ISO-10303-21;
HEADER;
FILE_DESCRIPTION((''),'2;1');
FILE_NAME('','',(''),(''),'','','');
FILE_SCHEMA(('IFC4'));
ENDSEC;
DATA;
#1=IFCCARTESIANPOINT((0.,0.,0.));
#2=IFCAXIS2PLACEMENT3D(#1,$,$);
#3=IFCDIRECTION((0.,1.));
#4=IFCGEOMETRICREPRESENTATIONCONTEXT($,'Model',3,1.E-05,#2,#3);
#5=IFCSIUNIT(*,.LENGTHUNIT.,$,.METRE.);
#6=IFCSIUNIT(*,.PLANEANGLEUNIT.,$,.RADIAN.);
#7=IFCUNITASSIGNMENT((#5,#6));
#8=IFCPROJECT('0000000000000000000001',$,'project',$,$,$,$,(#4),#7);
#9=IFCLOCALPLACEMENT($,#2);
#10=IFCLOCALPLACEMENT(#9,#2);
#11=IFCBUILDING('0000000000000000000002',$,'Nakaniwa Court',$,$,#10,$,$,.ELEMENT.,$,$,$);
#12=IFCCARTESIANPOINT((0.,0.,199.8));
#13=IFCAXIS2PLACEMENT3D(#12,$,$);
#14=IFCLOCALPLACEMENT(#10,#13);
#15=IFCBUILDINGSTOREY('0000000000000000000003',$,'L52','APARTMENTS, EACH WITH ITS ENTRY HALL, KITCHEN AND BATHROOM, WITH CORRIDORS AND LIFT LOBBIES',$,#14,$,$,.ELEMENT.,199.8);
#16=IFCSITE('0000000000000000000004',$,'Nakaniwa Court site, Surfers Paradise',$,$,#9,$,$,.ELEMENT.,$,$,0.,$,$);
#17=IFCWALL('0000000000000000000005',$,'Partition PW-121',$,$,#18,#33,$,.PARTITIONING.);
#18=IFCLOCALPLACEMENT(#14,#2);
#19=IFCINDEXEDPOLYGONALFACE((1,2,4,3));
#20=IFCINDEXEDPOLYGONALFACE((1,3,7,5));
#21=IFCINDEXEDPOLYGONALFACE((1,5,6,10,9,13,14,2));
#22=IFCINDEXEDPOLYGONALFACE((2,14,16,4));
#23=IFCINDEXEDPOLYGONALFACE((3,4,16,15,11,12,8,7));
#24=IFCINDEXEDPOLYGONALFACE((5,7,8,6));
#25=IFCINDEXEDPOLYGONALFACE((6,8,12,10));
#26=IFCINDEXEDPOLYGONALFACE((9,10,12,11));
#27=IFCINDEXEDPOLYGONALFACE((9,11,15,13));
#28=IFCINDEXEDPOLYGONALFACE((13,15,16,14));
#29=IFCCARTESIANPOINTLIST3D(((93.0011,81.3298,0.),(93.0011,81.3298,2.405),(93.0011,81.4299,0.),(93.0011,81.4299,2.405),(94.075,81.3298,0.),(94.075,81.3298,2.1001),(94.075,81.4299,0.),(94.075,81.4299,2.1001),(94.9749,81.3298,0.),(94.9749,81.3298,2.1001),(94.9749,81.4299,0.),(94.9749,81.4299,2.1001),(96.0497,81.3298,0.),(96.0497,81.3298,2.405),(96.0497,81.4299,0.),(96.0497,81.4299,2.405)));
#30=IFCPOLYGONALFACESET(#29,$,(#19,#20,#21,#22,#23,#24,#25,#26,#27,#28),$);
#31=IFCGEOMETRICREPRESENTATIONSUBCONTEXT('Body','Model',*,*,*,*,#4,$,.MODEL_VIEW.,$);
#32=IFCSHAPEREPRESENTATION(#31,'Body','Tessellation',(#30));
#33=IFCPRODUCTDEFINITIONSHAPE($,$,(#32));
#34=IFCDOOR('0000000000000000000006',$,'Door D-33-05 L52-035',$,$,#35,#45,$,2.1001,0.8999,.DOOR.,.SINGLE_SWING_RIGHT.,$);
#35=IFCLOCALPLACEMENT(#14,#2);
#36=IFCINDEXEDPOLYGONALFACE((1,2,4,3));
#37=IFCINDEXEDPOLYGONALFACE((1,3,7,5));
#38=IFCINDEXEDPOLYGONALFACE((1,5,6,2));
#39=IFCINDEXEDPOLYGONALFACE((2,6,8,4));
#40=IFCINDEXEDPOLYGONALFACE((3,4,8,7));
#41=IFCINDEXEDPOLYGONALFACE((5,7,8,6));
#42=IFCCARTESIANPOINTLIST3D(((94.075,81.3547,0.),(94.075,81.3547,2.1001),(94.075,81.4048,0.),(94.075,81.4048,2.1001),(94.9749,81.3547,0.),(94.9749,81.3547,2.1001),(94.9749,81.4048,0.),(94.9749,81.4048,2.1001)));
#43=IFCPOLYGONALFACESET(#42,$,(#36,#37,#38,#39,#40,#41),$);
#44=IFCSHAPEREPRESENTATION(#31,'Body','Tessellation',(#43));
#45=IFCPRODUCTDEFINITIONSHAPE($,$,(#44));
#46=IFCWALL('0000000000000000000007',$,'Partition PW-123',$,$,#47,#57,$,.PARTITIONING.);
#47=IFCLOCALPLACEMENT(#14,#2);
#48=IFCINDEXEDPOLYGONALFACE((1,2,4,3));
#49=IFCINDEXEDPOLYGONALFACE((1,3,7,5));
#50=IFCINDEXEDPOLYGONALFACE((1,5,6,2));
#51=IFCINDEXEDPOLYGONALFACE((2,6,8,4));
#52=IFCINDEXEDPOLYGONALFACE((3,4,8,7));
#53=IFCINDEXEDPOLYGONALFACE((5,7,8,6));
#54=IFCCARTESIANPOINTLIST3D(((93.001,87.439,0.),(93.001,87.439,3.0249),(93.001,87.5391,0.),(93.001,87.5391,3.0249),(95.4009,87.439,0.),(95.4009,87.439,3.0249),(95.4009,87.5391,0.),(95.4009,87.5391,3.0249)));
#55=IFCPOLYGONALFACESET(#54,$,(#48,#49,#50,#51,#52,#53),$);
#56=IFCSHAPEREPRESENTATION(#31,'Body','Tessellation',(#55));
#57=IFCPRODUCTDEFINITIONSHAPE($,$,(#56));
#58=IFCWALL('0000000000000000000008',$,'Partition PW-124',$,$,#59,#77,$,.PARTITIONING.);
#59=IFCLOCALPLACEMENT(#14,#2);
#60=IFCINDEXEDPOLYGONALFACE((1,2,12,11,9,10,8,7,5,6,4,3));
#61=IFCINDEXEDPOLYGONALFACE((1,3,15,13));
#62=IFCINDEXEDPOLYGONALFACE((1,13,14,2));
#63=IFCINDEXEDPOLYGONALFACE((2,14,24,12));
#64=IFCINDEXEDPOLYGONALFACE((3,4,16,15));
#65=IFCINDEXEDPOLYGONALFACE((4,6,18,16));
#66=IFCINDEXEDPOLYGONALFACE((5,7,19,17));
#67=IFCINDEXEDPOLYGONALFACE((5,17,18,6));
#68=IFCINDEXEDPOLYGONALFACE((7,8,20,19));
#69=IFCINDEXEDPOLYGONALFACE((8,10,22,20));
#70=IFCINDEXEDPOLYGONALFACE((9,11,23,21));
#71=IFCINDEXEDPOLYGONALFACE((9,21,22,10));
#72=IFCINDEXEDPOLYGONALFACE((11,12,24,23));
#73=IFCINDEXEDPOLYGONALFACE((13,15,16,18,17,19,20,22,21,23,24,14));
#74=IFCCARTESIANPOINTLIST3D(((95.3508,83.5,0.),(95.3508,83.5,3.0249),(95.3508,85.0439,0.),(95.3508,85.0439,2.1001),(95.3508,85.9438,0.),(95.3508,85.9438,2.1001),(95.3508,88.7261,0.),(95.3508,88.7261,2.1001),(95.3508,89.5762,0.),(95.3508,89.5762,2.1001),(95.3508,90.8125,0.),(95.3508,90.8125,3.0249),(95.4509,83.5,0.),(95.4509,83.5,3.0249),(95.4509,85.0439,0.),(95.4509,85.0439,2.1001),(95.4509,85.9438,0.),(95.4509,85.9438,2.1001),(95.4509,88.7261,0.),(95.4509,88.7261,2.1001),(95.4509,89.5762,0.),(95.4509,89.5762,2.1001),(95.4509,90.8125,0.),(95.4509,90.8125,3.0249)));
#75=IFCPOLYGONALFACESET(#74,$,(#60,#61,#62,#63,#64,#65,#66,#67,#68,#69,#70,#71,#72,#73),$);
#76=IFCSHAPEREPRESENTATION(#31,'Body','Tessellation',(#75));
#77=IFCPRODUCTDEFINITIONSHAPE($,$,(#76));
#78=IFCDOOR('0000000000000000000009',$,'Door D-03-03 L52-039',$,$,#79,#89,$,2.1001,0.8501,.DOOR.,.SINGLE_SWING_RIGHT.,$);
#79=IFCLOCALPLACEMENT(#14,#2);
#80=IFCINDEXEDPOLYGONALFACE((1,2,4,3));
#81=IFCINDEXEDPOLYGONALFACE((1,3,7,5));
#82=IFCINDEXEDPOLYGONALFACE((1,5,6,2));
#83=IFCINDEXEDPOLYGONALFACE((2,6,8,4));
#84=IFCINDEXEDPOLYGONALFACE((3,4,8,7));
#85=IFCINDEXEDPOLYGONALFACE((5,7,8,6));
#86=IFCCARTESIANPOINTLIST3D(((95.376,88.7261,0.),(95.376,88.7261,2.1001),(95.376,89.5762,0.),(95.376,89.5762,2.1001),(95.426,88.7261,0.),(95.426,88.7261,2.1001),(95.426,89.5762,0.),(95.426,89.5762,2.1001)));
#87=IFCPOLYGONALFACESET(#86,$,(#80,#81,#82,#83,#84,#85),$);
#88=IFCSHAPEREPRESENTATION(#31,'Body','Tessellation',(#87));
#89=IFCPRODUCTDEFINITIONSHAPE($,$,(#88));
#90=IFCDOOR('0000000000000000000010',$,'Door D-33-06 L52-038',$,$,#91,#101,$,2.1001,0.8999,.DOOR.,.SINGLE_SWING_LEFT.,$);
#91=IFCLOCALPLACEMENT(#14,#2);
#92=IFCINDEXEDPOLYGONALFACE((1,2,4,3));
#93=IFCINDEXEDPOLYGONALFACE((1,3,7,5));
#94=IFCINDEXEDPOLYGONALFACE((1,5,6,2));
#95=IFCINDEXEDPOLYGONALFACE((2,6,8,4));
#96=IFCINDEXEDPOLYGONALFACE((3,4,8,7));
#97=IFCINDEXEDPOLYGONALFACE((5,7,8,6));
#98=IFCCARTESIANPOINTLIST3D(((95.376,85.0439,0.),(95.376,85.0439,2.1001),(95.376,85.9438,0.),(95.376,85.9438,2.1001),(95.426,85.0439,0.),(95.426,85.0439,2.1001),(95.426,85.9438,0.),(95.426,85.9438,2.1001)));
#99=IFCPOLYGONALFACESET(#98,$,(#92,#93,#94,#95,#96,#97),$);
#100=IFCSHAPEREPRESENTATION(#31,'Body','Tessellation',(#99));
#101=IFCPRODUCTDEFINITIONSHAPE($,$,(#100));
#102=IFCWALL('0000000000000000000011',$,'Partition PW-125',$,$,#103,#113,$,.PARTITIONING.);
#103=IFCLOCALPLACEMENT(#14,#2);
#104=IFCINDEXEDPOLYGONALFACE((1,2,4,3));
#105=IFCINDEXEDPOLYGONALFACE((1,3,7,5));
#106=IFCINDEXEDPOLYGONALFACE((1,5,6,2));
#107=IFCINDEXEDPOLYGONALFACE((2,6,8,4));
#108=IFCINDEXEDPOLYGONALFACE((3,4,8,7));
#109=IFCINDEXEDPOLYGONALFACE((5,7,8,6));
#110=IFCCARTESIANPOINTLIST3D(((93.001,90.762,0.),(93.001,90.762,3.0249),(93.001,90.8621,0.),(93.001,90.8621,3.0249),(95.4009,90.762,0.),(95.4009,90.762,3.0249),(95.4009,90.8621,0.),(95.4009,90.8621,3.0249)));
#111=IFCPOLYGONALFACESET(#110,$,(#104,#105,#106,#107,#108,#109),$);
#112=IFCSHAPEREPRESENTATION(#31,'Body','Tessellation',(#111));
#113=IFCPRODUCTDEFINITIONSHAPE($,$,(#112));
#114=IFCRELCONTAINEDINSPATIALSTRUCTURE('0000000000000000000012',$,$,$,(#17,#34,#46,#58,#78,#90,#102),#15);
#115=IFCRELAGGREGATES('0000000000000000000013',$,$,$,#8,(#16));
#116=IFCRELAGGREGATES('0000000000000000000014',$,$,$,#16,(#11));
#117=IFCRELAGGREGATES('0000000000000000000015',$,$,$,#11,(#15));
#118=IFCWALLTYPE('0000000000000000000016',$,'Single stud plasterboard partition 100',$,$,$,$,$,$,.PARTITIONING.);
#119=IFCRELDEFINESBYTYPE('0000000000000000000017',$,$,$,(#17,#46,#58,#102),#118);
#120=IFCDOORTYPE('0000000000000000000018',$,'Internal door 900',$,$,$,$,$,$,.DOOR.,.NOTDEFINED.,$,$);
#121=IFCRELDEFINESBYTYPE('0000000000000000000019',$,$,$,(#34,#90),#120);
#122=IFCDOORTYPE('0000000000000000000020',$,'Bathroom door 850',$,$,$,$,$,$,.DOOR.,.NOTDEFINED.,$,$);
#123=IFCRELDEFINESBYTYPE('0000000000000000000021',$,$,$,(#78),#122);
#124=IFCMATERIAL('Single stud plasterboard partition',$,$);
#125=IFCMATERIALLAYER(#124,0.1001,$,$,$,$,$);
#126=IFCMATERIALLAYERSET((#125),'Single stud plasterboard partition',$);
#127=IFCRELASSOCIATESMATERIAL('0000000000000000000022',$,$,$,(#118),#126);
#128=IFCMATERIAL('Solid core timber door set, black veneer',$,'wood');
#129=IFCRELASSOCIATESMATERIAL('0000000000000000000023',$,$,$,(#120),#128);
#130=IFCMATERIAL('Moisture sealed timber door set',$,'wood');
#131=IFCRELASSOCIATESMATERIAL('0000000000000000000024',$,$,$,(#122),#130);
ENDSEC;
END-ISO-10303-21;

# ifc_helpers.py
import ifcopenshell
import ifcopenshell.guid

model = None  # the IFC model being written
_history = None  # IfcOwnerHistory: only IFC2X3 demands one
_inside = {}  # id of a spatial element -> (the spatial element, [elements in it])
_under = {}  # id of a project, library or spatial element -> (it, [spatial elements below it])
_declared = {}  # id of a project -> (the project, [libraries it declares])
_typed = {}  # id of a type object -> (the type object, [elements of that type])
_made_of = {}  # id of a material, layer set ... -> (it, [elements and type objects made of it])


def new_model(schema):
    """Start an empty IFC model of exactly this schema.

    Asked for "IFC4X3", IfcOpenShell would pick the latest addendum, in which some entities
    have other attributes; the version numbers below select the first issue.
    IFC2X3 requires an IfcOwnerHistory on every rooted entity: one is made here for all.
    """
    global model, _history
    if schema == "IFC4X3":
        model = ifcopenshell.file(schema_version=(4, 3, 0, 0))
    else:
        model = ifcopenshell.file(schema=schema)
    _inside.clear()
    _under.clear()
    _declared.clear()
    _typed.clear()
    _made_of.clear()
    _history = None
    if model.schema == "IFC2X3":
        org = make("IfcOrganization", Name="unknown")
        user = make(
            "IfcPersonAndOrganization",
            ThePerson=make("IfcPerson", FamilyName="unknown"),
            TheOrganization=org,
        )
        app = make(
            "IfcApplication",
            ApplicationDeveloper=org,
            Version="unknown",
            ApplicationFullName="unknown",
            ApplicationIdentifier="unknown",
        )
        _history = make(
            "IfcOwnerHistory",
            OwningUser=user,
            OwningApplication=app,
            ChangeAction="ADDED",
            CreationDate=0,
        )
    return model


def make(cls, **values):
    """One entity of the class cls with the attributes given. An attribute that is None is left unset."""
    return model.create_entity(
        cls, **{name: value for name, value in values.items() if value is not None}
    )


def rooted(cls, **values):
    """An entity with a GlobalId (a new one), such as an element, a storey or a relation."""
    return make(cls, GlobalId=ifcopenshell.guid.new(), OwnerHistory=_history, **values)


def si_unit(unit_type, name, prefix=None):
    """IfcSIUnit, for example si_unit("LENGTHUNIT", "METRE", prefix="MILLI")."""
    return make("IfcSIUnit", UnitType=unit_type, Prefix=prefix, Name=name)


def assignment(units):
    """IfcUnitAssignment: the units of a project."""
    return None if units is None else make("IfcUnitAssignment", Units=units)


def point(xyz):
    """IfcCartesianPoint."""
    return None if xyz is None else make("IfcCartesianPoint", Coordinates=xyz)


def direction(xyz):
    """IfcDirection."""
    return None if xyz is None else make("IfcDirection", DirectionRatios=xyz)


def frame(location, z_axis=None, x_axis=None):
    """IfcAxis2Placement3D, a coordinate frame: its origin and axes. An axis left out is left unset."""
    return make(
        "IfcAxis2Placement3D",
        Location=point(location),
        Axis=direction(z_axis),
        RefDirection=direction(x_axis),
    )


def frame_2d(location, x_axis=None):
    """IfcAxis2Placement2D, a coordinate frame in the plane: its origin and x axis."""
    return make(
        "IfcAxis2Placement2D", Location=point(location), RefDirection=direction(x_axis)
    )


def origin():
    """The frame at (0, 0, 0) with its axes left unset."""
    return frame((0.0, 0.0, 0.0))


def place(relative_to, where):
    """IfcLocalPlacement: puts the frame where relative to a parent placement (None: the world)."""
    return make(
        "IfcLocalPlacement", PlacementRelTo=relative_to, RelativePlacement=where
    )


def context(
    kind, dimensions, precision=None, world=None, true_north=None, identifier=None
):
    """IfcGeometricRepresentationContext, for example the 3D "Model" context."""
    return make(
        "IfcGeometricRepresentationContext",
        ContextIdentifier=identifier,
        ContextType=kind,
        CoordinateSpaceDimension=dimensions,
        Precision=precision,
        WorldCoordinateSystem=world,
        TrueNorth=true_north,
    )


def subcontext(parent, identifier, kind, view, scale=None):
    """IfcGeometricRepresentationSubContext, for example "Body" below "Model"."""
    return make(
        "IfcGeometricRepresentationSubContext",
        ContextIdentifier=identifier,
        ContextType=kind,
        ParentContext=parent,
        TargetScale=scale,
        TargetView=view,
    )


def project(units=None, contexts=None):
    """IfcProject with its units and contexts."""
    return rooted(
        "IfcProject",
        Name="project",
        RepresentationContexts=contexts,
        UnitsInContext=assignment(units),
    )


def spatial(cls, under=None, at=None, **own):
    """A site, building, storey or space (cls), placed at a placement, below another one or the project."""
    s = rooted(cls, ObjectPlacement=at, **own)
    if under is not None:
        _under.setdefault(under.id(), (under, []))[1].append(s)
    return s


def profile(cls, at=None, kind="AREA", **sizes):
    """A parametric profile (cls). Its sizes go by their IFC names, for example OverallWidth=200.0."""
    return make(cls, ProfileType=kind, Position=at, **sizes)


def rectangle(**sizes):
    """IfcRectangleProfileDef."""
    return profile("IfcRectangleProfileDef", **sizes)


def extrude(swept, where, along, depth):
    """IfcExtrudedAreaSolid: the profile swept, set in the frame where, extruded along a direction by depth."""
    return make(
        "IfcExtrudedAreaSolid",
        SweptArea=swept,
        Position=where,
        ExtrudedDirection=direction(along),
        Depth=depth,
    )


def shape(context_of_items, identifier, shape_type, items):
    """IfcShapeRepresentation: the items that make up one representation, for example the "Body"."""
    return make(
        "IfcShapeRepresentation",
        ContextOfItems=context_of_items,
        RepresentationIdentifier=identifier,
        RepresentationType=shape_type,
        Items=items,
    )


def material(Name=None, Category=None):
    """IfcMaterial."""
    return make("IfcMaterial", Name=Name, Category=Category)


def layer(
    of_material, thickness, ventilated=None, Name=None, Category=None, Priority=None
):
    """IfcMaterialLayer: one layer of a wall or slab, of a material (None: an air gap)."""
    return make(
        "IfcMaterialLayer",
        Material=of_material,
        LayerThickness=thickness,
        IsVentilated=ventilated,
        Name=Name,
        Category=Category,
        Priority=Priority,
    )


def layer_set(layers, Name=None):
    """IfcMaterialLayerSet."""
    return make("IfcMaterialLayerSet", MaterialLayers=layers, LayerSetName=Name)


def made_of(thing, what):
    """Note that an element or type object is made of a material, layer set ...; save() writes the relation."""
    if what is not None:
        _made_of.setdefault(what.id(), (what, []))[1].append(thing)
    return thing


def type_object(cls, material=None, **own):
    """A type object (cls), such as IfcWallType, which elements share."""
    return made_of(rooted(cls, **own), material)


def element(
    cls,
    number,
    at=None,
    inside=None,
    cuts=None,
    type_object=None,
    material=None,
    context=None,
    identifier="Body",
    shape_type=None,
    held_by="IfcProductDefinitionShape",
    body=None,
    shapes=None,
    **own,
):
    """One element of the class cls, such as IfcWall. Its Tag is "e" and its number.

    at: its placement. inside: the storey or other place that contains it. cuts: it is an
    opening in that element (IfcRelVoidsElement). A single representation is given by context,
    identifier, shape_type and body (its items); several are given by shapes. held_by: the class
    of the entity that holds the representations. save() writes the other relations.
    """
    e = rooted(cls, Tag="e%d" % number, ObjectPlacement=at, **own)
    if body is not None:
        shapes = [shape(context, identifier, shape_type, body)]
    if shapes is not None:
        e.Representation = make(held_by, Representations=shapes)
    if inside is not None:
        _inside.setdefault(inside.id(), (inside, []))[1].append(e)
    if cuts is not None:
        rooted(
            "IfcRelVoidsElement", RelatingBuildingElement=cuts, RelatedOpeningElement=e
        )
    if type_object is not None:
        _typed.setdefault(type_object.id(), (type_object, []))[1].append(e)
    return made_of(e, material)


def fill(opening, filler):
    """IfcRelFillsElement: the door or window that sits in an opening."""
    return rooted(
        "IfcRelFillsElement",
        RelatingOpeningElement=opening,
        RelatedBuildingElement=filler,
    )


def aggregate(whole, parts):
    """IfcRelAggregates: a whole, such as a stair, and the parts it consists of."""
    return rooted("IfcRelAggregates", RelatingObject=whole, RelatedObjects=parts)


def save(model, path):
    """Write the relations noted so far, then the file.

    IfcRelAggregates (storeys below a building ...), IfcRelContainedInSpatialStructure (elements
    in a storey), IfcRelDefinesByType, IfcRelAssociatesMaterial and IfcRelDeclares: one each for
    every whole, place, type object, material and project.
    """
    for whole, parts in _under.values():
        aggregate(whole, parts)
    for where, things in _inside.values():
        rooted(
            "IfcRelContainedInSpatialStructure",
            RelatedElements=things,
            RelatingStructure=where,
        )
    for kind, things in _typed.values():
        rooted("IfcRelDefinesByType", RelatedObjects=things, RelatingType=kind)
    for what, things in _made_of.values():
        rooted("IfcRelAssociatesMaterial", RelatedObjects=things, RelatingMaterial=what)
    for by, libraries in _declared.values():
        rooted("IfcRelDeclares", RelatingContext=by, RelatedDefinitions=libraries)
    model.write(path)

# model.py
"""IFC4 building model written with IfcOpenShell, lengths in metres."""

from ifc_helpers import new_model, si_unit, direction, frame, frame_2d, origin, place, context, subcontext, project, spatial, rectangle, extrude, material, layer, layer_set, type_object, element, fill, save


model = new_model("IFC4")

# Units and contexts
model_context = context("Model", 3, precision=1e-05, world=origin(), true_north=direction((0.0, 1.0)))
body_context = subcontext(model_context, "Body", "Model", "MODEL_VIEW")
ifc_project = project(units=[si_unit("LENGTHUNIT", "METRE"), si_unit("PLANEANGLEUNIT", "RADIAN")], contexts=[model_context])

# Site, building, storey
site_placement = place(None, origin())
site = spatial("IfcSite", under=ifc_project, at=site_placement, Name="Nakaniwa Court site, Surfers Paradise", CompositionType="ELEMENT", RefElevation=0.0)
building_placement = place(site_placement, origin())
building = spatial("IfcBuilding", under=site, at=building_placement, Name="Nakaniwa Court", CompositionType="ELEMENT")
storey_placement = place(building_placement, frame((0.0, 0.0, 199.8)))
storey = spatial("IfcBuildingStorey", under=building, at=storey_placement, Name="L52", Description="APARTMENTS, EACH WITH ITS ENTRY HALL, KITCHEN AND BATHROOM, WITH CORRIDORS AND LIFT LOBBIES", CompositionType="ELEMENT", Elevation=199.8)

# Shared definitions
ifc_material_1 = material(Name="Solid core timber door set, black veneer", Category="wood")

# Shared definitions
ifc_material_2 = material(Name="Single stud plasterboard partition")
ifc_layer_1 = layer(ifc_material_2, 0.1001)
ifc_layer_set_1 = layer_set([ifc_layer_1], Name="Single stud plasterboard partition")
wall_type_1 = type_object("IfcWallType", Name="Single stud plasterboard partition 100", PredefinedType="PARTITIONING", material=ifc_layer_set_1)

# Wall, opening, door
wall_1_placement = place(storey_placement, frame((93.001, 81.3799, 0.0), z_axis=(0.0, 0.0, 1.0), x_axis=(1.0, 0.0, 0.0)))
wall_1 = element("IfcWall", 1, at=wall_1_placement, inside=storey, type_object=wall_type_1, Name="Partition PW-121", PredefinedType="PARTITIONING", context=body_context, shape_type="SweptSolid", body=[
    extrude(rectangle(XDim=3.0486, YDim=0.1001, at=frame_2d((1.5244, 0.0))), origin(), (0.0, 0.0, 1.0), 2.405),
])
opening_1_placement = place(wall_1_placement, frame((1.074, 0.0, 0.0)))
opening_1 = element("IfcOpeningElement", 2, at=opening_1_placement, cuts=wall_1, PredefinedType="OPENING", context=body_context, shape_type="SweptSolid", body=[
    extrude(rectangle(XDim=0.8999, YDim=2.1001, at=frame_2d((0.45, 1.05))), frame((0.0, 0.0601, 0.0), z_axis=(0.0, -1.0, 0.0), x_axis=(1.0, 0.0, 0.0)), (0.0, 0.0, 1.0), 0.1201),
])
door_type_1 = type_object("IfcDoorType", Name="Internal door 900", OperationType="NOTDEFINED", PredefinedType="DOOR", material=ifc_material_1)
door_1_placement = place(opening_1_placement, origin())
door_1 = element("IfcDoor", 3, at=door_1_placement, inside=storey, type_object=door_type_1, Name="Door D-33-05 L52-035", OperationType="SINGLE_SWING_RIGHT", OverallHeight=2.1001, OverallWidth=0.8999, PredefinedType="DOOR", context=body_context, shape_type="SweptSolid", body=[
    extrude(rectangle(XDim=0.8999, YDim=2.1001, at=frame_2d((0.45, 1.05))), frame((0.0, 0.0249, 0.0), z_axis=(0.0, -1.0, 0.0), x_axis=(1.0, 0.0, 0.0)), (0.0, 0.0, 1.0), 0.05),
])
fill(opening_1, door_1)

# Wall
wall_2_placement = place(storey_placement, frame((93.001, 87.489, 0.0), z_axis=(0.0, 0.0, 1.0), x_axis=(1.0, 0.0, 0.0)))
element("IfcWall", 4, at=wall_2_placement, inside=storey, type_object=wall_type_1, Name="Partition PW-123", PredefinedType="PARTITIONING", context=body_context, shape_type="SweptSolid", body=[
    extrude(rectangle(XDim=2.3999, YDim=0.1001, at=frame_2d((1.2, 0.0))), origin(), (0.0, 0.0, 1.0), 3.0249),
])

# Wall, openings, doors
wall_3_placement = place(storey_placement, frame((95.4009, 83.5, 0.0), z_axis=(0.0, 0.0, 1.0), x_axis=(0.0, 1.0, 0.0)))
wall_3 = element("IfcWall", 5, at=wall_3_placement, inside=storey, type_object=wall_type_1, Name="Partition PW-124", PredefinedType="PARTITIONING", context=body_context, shape_type="SweptSolid", body=[
    extrude(rectangle(XDim=7.3125, YDim=0.1001, at=frame_2d((3.6562, 0.0))), origin(), (0.0, 0.0, 1.0), 3.0249),
])
opening_2_placement = place(wall_3_placement, frame((1.5439, 0.0, 0.0)))
opening_2 = element("IfcOpeningElement", 6, at=opening_2_placement, cuts=wall_3, PredefinedType="OPENING", context=body_context, shape_type="SweptSolid", body=[
    extrude(rectangle(XDim=0.8999, YDim=2.1001, at=frame_2d((0.45, 1.05))), frame((0.0, 0.0601, 0.0), z_axis=(0.0, -1.0, 0.0), x_axis=(1.0, 0.0, 0.0)), (0.0, 0.0, 1.0), 0.1201),
])
opening_3_placement = place(wall_3_placement, frame((5.2261, 0.0, 0.0)))
opening_3 = element("IfcOpeningElement", 7, at=opening_3_placement, cuts=wall_3, PredefinedType="OPENING", context=body_context, shape_type="SweptSolid", body=[
    extrude(rectangle(XDim=0.8501, YDim=2.1001, at=frame_2d((0.425, 1.05))), frame((0.0, 0.0601, 0.0), z_axis=(0.0, -1.0, 0.0), x_axis=(1.0, 0.0, 0.0)), (0.0, 0.0, 1.0), 0.1201),
])
ifc_material_3 = material(Name="Moisture sealed timber door set", Category="wood")
door_type_2 = type_object("IfcDoorType", Name="Bathroom door 850", OperationType="NOTDEFINED", PredefinedType="DOOR", material=ifc_material_3)
door_2_placement = place(opening_3_placement, origin())
door_2 = element("IfcDoor", 8, at=door_2_placement, inside=storey, type_object=door_type_2, Name="Door D-03-03 L52-039", OperationType="SINGLE_SWING_RIGHT", OverallHeight=2.1001, OverallWidth=0.8501, PredefinedType="DOOR", context=body_context, shape_type="SweptSolid", body=[
    extrude(rectangle(XDim=0.8501, YDim=2.1001, at=frame_2d((0.425, 1.05))), frame((0.0, 0.0249, 0.0), z_axis=(0.0, -1.0, 0.0), x_axis=(1.0, 0.0, 0.0)), (0.0, 0.0, 1.0), 0.05),
])
fill(opening_3, door_2)
door_3_placement = place(opening_2_placement, origin())
door_3 = element("IfcDoor", 9, at=door_3_placement, inside=storey, type_object=door_type_1, Name="Door D-33-06 L52-038", OperationType="SINGLE_SWING_LEFT", OverallHeight=2.1001, OverallWidth=0.8999, PredefinedType="DOOR", context=body_context, shape_type="SweptSolid", body=[
    extrude(rectangle(XDim=0.8999, YDim=2.1001, at=frame_2d((0.45, 1.05))), frame((0.0, 0.0249, 0.0), z_axis=(0.0, -1.0, 0.0), x_axis=(1.0, 0.0, 0.0)), (0.0, 0.0, 1.0), 0.05),
])
fill(opening_2, door_3)

# Wall
wall_4_placement = place(storey_placement, frame((93.001, 90.812, 0.0), z_axis=(0.0, 0.0, 1.0), x_axis=(1.0, 0.0, 0.0)))
element("IfcWall", 10, at=wall_4_placement, inside=storey, type_object=wall_type_1, Name="Partition PW-125", PredefinedType="PARTITIONING", context=body_context, shape_type="SweptSolid", body=[
    extrude(rectangle(XDim=2.3999, YDim=0.1001, at=frame_2d((1.2, 0.0))), origin(), (0.0, 0.0, 1.0), 3.0249),
])

save(model, "model.ifc")
